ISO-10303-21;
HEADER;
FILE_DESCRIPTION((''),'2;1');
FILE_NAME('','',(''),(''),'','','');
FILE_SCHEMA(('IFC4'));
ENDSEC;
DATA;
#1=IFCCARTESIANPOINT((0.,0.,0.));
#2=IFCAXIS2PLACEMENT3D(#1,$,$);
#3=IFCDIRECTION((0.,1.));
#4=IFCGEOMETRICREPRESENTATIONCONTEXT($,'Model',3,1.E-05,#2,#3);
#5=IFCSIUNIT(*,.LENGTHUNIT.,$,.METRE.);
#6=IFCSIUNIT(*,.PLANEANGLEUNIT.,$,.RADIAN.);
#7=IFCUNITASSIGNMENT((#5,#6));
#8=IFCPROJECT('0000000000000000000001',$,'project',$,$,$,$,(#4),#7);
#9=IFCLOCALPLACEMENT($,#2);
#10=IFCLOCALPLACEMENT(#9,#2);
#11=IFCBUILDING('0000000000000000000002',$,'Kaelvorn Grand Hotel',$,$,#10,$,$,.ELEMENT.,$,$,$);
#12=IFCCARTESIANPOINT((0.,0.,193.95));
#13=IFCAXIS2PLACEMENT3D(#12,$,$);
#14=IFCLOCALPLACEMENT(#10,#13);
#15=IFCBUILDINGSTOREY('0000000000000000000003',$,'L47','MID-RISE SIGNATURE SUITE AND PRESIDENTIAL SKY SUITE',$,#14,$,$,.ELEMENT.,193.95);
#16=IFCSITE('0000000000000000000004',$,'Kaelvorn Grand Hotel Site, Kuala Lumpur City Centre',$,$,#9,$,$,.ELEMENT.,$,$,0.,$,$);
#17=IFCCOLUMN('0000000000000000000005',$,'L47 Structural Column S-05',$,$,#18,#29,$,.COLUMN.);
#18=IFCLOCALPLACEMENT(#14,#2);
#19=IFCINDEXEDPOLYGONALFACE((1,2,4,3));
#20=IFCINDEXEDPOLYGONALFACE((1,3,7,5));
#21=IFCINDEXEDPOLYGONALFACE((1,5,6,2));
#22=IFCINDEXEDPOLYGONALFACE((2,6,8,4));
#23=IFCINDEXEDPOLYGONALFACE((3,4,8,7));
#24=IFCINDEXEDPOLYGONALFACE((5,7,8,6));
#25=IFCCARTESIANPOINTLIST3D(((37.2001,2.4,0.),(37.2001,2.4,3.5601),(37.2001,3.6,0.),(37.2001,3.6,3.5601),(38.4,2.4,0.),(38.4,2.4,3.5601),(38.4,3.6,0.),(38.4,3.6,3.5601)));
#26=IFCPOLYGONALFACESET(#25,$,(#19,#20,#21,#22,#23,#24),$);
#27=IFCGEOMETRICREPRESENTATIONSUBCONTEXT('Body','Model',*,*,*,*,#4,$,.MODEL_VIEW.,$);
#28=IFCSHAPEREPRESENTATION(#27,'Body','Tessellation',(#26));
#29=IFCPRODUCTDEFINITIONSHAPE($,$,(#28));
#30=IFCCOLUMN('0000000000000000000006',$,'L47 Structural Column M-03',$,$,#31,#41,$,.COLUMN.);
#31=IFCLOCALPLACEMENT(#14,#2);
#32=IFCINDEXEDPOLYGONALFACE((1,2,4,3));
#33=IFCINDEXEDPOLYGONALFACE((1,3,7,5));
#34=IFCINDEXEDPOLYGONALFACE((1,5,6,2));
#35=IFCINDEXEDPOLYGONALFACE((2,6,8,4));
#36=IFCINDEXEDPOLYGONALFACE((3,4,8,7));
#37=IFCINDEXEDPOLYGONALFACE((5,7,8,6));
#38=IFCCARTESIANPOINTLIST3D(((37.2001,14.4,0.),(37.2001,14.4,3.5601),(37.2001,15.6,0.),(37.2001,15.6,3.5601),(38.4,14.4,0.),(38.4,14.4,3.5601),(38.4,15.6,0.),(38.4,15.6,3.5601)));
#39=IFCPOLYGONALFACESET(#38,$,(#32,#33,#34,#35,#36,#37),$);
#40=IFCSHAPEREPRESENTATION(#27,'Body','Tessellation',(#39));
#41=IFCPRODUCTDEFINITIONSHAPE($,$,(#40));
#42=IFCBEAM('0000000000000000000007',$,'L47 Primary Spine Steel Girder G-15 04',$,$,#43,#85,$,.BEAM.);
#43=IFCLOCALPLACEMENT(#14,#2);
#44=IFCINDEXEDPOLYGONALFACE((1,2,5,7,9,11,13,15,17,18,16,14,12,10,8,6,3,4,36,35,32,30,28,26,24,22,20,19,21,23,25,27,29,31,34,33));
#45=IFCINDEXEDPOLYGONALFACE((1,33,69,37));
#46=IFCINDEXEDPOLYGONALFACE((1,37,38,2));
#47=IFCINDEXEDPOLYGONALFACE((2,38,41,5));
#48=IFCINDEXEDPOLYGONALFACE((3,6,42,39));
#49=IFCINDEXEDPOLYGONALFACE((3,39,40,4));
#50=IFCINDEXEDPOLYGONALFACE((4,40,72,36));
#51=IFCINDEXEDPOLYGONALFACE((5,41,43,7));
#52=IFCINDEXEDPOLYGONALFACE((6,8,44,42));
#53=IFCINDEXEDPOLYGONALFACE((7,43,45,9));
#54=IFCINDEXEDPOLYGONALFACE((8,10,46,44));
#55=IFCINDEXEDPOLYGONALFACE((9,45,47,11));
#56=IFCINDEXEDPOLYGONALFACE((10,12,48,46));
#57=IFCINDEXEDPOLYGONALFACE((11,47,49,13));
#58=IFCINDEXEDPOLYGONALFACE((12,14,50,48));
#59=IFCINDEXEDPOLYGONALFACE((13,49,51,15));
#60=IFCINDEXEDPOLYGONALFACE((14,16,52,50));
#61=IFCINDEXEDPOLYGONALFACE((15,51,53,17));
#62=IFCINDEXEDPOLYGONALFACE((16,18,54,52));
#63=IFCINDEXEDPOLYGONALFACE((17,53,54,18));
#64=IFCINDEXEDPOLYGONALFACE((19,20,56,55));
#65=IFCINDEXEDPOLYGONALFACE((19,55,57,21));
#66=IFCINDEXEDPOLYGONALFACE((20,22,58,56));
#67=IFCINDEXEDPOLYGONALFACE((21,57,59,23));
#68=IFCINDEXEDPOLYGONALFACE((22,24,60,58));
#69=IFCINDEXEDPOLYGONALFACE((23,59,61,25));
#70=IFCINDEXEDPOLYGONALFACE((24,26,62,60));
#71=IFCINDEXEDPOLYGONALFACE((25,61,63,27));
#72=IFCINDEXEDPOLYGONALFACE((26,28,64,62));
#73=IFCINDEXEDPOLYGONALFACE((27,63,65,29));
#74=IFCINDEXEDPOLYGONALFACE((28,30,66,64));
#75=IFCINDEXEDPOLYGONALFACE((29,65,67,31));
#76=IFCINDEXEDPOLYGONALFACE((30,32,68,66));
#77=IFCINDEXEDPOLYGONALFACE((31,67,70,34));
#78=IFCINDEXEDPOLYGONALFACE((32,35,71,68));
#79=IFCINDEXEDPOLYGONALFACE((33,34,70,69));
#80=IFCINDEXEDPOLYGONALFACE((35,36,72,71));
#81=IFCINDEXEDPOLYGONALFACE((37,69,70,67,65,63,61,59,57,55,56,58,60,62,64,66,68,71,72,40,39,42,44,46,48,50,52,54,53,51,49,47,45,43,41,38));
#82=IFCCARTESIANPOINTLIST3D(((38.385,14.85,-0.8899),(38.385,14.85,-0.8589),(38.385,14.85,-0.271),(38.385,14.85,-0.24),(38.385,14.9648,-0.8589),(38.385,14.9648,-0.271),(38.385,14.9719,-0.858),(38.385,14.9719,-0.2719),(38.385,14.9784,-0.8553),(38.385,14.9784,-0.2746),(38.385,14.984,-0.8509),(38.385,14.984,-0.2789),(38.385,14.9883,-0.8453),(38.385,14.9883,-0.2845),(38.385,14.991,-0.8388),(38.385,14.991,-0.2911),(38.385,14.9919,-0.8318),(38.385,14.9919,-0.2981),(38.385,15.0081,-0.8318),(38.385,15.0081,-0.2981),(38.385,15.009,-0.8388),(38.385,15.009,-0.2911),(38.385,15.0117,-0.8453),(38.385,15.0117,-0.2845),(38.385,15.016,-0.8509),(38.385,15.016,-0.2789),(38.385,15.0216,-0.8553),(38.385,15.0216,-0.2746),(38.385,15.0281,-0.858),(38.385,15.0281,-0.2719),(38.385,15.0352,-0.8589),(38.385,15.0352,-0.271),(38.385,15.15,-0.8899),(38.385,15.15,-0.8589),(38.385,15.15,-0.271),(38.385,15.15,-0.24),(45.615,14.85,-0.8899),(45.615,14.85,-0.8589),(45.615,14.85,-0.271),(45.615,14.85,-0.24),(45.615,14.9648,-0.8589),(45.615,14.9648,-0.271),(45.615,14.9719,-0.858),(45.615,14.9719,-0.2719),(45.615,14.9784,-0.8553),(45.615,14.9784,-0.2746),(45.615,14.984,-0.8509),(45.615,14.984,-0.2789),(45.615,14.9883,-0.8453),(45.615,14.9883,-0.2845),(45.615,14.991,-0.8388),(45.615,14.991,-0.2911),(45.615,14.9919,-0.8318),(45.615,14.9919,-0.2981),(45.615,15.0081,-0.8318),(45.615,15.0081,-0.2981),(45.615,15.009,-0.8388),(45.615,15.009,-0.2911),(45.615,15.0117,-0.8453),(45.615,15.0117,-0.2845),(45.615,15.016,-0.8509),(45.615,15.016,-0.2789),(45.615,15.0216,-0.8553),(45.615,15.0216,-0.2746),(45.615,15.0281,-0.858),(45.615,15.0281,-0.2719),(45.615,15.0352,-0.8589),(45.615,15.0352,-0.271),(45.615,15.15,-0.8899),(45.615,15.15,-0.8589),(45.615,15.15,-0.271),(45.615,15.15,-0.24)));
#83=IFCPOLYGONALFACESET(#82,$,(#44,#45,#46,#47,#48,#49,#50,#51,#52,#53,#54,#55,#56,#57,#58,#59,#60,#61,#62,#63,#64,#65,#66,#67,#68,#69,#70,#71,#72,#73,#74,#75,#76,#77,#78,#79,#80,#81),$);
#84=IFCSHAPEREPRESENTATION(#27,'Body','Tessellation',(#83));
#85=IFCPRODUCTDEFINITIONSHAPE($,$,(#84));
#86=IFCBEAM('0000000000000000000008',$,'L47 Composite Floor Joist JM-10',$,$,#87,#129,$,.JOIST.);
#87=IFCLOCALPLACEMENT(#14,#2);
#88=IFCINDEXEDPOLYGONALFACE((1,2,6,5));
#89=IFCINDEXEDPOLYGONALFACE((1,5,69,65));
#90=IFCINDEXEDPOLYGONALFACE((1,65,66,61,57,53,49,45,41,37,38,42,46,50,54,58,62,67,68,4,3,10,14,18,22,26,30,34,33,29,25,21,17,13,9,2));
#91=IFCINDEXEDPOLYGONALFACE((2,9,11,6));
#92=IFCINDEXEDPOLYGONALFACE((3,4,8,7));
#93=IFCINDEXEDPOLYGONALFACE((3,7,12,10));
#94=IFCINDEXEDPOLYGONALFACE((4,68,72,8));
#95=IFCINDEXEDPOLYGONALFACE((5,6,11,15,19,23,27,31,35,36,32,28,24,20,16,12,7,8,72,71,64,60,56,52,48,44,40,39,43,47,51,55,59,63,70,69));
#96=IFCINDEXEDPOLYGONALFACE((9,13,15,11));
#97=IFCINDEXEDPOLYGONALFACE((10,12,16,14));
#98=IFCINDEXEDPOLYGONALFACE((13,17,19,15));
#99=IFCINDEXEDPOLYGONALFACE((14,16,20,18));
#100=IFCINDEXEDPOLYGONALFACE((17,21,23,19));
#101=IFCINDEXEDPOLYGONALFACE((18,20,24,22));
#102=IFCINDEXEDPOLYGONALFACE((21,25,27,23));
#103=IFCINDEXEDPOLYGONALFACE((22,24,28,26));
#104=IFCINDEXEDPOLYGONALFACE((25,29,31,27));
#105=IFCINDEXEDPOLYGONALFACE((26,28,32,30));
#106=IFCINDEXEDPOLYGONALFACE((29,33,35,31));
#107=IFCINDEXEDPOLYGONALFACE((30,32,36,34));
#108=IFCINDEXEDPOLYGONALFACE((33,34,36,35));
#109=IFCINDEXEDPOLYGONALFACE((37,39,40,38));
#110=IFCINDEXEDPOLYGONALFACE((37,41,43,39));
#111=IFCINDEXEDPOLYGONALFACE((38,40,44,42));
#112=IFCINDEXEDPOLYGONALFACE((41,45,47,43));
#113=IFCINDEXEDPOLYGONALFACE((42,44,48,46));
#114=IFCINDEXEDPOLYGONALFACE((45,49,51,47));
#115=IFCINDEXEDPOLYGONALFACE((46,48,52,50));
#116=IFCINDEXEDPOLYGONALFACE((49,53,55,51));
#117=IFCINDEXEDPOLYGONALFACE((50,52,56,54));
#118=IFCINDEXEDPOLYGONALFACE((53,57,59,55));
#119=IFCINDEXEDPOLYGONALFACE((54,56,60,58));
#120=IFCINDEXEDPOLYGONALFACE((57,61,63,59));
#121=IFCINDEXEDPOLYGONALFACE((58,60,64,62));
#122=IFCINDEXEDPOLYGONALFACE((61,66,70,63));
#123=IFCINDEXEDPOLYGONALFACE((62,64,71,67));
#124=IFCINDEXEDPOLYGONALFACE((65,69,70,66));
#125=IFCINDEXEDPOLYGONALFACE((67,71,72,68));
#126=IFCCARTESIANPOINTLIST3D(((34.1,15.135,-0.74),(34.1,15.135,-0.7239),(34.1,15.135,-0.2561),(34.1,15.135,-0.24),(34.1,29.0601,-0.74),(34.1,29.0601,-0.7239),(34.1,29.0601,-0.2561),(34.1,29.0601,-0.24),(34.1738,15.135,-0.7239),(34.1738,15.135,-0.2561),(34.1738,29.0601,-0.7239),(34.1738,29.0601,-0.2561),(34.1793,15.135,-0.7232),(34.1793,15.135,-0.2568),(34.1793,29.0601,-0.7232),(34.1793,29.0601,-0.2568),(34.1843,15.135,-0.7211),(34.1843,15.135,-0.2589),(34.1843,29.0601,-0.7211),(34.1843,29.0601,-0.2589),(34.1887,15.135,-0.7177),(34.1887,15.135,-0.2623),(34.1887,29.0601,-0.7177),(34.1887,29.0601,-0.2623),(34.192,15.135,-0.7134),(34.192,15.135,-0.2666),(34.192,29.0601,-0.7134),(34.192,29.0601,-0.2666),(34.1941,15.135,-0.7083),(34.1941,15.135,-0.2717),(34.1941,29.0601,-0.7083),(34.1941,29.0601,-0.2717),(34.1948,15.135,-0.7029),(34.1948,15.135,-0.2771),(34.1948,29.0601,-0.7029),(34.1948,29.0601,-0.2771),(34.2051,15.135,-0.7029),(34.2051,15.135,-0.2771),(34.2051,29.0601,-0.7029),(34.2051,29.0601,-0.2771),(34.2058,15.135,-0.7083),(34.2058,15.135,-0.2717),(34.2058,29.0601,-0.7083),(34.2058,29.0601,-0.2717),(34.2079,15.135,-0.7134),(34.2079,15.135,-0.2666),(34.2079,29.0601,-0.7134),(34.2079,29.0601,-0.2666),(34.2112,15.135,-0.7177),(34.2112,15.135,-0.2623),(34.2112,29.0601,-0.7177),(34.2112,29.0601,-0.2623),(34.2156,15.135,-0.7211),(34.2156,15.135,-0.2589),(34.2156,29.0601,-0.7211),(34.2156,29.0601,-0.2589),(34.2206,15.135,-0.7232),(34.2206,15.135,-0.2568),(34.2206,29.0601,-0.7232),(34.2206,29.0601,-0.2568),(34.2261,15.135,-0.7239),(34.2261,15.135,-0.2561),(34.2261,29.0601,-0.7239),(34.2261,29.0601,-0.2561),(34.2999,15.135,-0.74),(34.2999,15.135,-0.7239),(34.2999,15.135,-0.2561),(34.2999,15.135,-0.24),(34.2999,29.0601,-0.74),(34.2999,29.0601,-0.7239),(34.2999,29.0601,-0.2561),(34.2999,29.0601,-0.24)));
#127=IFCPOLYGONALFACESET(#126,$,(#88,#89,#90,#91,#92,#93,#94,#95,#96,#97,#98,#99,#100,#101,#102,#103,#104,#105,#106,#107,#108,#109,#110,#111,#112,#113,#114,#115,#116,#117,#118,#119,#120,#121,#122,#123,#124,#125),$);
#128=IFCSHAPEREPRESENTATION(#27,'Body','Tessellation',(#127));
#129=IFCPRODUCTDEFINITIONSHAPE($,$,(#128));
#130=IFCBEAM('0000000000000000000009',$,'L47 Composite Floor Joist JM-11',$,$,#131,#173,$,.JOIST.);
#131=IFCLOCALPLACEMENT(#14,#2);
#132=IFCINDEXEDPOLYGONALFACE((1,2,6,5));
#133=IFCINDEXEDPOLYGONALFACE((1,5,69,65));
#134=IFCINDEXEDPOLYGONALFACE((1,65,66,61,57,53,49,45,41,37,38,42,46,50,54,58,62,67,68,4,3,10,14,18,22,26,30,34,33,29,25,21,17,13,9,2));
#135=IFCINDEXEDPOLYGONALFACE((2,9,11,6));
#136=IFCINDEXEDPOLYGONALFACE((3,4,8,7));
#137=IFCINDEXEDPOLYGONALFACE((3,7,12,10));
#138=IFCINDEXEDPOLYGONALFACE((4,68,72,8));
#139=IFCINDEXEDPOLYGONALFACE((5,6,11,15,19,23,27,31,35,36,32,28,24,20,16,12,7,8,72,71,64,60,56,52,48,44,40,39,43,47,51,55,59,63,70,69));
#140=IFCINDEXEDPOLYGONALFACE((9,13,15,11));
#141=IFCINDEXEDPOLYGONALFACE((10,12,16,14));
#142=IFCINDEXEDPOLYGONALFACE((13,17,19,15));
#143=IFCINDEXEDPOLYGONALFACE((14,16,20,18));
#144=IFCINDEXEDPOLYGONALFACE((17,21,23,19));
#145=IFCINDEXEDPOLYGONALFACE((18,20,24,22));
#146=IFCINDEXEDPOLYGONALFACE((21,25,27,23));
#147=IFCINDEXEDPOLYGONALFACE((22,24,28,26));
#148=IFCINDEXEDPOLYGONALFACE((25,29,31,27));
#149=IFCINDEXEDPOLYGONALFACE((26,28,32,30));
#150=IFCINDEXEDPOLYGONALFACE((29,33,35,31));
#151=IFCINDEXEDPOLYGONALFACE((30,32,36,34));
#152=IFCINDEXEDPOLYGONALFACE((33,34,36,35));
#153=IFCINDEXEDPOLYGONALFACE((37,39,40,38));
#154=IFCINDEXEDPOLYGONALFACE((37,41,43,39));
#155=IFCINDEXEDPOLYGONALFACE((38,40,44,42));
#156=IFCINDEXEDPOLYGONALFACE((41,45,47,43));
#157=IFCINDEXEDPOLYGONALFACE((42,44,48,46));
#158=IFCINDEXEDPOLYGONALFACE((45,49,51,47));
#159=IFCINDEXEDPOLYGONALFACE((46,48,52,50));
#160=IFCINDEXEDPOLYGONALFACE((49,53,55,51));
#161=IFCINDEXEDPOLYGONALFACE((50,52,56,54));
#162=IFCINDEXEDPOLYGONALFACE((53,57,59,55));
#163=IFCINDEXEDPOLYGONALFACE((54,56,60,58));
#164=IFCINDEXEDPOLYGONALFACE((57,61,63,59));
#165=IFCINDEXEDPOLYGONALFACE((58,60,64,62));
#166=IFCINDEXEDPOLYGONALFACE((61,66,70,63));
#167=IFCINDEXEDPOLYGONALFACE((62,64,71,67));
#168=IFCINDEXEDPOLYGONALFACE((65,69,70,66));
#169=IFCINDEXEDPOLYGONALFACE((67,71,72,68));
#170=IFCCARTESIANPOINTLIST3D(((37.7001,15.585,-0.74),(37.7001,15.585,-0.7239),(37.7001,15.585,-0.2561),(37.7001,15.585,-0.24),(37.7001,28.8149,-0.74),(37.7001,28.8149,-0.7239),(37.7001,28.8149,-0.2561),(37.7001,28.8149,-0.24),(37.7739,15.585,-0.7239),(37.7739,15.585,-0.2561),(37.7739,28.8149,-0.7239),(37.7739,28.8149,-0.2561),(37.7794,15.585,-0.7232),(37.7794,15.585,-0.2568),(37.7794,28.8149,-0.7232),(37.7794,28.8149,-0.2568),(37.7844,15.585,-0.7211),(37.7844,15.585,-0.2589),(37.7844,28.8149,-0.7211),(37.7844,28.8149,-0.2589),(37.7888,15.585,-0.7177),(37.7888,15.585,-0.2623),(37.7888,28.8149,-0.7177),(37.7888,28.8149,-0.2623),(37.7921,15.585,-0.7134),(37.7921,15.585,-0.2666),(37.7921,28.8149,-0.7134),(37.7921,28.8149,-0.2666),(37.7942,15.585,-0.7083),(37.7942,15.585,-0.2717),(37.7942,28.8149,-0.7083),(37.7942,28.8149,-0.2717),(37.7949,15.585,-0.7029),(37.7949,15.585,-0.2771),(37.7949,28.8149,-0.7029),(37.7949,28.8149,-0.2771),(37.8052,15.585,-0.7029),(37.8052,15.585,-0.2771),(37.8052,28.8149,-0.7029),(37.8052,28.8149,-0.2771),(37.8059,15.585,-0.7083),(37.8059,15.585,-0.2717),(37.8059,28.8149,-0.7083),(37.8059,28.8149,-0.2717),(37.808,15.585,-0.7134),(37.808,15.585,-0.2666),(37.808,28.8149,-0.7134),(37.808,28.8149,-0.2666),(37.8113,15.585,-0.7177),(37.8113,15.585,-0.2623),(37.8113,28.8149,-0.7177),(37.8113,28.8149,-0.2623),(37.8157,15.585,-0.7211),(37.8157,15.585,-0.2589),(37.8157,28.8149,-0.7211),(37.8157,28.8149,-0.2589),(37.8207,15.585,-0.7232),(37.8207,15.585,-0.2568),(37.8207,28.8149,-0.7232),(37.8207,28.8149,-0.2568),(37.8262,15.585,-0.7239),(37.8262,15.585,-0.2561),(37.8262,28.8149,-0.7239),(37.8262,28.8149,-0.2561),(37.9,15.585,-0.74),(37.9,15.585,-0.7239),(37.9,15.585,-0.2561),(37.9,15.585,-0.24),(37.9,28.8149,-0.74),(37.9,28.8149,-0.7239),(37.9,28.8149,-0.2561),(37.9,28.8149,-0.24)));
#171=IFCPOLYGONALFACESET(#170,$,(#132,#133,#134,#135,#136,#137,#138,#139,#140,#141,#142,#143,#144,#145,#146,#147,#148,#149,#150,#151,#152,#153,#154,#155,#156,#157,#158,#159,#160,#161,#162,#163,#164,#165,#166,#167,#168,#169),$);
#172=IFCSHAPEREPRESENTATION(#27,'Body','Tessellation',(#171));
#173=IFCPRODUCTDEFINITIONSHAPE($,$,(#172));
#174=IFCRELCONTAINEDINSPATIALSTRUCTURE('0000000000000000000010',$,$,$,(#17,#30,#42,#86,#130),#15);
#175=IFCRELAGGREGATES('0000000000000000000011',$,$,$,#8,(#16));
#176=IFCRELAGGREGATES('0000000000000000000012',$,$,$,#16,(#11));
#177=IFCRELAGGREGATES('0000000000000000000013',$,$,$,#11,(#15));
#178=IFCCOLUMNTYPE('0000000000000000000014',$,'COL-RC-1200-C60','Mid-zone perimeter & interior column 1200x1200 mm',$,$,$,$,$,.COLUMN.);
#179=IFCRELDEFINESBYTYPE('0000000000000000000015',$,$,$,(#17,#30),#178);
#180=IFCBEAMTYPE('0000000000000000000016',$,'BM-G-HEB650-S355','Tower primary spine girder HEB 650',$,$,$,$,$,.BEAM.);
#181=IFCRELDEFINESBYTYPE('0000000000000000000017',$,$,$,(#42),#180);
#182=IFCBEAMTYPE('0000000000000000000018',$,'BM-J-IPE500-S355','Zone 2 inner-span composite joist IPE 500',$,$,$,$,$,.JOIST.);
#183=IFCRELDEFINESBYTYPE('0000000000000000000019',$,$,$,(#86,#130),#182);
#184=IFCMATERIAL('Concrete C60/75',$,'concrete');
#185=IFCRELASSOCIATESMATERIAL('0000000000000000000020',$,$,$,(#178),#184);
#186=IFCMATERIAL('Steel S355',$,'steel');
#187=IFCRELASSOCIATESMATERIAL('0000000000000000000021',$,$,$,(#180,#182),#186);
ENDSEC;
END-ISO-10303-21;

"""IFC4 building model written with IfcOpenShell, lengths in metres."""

from ifc_helpers import new_model, si_unit, direction, frame, origin, origin_2d, place, context, subcontext, project, spatial, rectangle, i_section, extrude, material, material_profile, profile_set, type_object, element, save


model = new_model("IFC4")

# Units and contexts
model_context = context("Model", 3, precision=1e-05, world=origin(), true_north=direction((0.0, 1.0)))
body_context = subcontext(model_context, "Body", "Model", "MODEL_VIEW")
ifc_project = project(units=[si_unit("LENGTHUNIT", "METRE"), si_unit("PLANEANGLEUNIT", "RADIAN")], contexts=[model_context])

# Site, building, storey
site_placement = place(None, origin())
site = spatial("IfcSite", under=ifc_project, at=site_placement, Name="Kaelvorn Grand Hotel Site, Kuala Lumpur City Centre", CompositionType="ELEMENT", RefElevation=0.0)
building_placement = place(site_placement, origin())
building = spatial("IfcBuilding", under=site, at=building_placement, Name="Kaelvorn Grand Hotel", CompositionType="ELEMENT")
storey_placement = place(building_placement, frame((0.0, 0.0, 193.95)))
storey = spatial("IfcBuildingStorey", under=building, at=storey_placement, Name="L47", Description="MID-RISE SIGNATURE SUITE AND PRESIDENTIAL SKY SUITE", CompositionType="ELEMENT", Elevation=193.95)

# Columns
ifc_material_1 = material(Name="Concrete C60/75", Category="concrete")
ifc_material_profile_1 = material_profile(ifc_material_1, rectangle(XDim=1.2, YDim=1.2, at=origin_2d()), Name="RC COL 1200x1200")
ifc_profile_set_1 = profile_set([ifc_material_profile_1], Name="Concrete C60/75")
column_type = type_object("IfcColumnType", Name="COL-RC-1200-C60", Description="Mid-zone perimeter & interior column 1200x1200 mm", PredefinedType="COLUMN", material=ifc_profile_set_1)
for number, where, z_axis, x_axis, name in (
    (1, (37.8, 3.0, 0.0), (0.0, 0.0, 1.0), (1.0, 0.0, 0.0), "L47 Structural Column S-05"),
    (2, (37.8, 15.0, 0.0), (0.0, 0.0, 1.0), (1.0, 0.0, 0.0), "L47 Structural Column M-03"),
):
    element("IfcColumn", number, at=place(storey_placement, frame(where, z_axis=z_axis, x_axis=x_axis)), inside=storey, type_object=column_type, Name=name, PredefinedType="COLUMN", context=body_context, shape_type="SweptSolid", body=[
        extrude(rectangle(XDim=1.2, YDim=1.2, at=origin_2d()), origin(), (0.0, 0.0, 1.0), 3.5601),
    ])

# Beams
ifc_material_2 = material(Name="Steel S355", Category="steel")
ifc_material_profile_2 = material_profile(ifc_material_2, i_section(OverallWidth=0.3, OverallDepth=0.6499, WebThickness=0.0161, FlangeThickness=0.031, FilletRadius=0.0271, at=origin_2d()), Name="HEB 650")
ifc_profile_set_2 = profile_set([ifc_material_profile_2], Name="Steel S355")
beam_type_1 = type_object("IfcBeamType", Name="BM-G-HEB650-S355", Description="Tower primary spine girder HEB 650", PredefinedType="BEAM", material=ifc_profile_set_2)
beam_1_placement = place(storey_placement, frame((38.385, 15.0, -0.5649), z_axis=(1.0, 0.0, 0.0), x_axis=(0.0, 1.0, 0.0)))
element("IfcBeam", 3, at=beam_1_placement, inside=storey, type_object=beam_type_1, Name="L47 Primary Spine Steel Girder G-15 04", PredefinedType="BEAM", context=body_context, shape_type="SweptSolid", body=[
    extrude(i_section(OverallWidth=0.3, OverallDepth=0.6499, WebThickness=0.0161, FlangeThickness=0.031, FilletRadius=0.0271, at=origin_2d()), origin(), (0.0, 0.0, 1.0), 7.23),
])
ifc_material_profile_3 = material_profile(ifc_material_2, i_section(OverallWidth=0.2, OverallDepth=0.5, WebThickness=0.0103, FlangeThickness=0.0161, FilletRadius=0.021, at=origin_2d()), Name="IPE 500")
ifc_profile_set_3 = profile_set([ifc_material_profile_3], Name="Steel S355")
beam_type_2 = type_object("IfcBeamType", Name="BM-J-IPE500-S355", Description="Zone 2 inner-span composite joist IPE 500", PredefinedType="JOIST", material=ifc_profile_set_3)
beam_2_placement = place(storey_placement, frame((34.2, 15.135, -0.49), z_axis=(0.0, 1.0, 0.0), x_axis=(-1.0, 0.0, 0.0)))
element("IfcBeam", 4, at=beam_2_placement, inside=storey, type_object=beam_type_2, Name="L47 Composite Floor Joist JM-10", PredefinedType="JOIST", context=body_context, shape_type="SweptSolid", body=[
    extrude(i_section(OverallWidth=0.2, OverallDepth=0.5, WebThickness=0.0103, FlangeThickness=0.0161, FilletRadius=0.021, at=origin_2d()), origin(), (0.0, 0.0, 1.0), 13.925),
])
beam_3_placement = place(storey_placement, frame((37.8, 15.585, -0.49), z_axis=(0.0, 1.0, 0.0), x_axis=(-1.0, 0.0, 0.0)))
element("IfcBeam", 5, at=beam_3_placement, inside=storey, type_object=beam_type_2, Name="L47 Composite Floor Joist JM-11", PredefinedType="JOIST", context=body_context, shape_type="SweptSolid", body=[
    extrude(i_section(OverallWidth=0.2, OverallDepth=0.5, WebThickness=0.0103, FlangeThickness=0.0161, FilletRadius=0.021, at=origin_2d()), origin(), (0.0, 0.0, 1.0), 13.23),
])

save(model, "model.ifc")
